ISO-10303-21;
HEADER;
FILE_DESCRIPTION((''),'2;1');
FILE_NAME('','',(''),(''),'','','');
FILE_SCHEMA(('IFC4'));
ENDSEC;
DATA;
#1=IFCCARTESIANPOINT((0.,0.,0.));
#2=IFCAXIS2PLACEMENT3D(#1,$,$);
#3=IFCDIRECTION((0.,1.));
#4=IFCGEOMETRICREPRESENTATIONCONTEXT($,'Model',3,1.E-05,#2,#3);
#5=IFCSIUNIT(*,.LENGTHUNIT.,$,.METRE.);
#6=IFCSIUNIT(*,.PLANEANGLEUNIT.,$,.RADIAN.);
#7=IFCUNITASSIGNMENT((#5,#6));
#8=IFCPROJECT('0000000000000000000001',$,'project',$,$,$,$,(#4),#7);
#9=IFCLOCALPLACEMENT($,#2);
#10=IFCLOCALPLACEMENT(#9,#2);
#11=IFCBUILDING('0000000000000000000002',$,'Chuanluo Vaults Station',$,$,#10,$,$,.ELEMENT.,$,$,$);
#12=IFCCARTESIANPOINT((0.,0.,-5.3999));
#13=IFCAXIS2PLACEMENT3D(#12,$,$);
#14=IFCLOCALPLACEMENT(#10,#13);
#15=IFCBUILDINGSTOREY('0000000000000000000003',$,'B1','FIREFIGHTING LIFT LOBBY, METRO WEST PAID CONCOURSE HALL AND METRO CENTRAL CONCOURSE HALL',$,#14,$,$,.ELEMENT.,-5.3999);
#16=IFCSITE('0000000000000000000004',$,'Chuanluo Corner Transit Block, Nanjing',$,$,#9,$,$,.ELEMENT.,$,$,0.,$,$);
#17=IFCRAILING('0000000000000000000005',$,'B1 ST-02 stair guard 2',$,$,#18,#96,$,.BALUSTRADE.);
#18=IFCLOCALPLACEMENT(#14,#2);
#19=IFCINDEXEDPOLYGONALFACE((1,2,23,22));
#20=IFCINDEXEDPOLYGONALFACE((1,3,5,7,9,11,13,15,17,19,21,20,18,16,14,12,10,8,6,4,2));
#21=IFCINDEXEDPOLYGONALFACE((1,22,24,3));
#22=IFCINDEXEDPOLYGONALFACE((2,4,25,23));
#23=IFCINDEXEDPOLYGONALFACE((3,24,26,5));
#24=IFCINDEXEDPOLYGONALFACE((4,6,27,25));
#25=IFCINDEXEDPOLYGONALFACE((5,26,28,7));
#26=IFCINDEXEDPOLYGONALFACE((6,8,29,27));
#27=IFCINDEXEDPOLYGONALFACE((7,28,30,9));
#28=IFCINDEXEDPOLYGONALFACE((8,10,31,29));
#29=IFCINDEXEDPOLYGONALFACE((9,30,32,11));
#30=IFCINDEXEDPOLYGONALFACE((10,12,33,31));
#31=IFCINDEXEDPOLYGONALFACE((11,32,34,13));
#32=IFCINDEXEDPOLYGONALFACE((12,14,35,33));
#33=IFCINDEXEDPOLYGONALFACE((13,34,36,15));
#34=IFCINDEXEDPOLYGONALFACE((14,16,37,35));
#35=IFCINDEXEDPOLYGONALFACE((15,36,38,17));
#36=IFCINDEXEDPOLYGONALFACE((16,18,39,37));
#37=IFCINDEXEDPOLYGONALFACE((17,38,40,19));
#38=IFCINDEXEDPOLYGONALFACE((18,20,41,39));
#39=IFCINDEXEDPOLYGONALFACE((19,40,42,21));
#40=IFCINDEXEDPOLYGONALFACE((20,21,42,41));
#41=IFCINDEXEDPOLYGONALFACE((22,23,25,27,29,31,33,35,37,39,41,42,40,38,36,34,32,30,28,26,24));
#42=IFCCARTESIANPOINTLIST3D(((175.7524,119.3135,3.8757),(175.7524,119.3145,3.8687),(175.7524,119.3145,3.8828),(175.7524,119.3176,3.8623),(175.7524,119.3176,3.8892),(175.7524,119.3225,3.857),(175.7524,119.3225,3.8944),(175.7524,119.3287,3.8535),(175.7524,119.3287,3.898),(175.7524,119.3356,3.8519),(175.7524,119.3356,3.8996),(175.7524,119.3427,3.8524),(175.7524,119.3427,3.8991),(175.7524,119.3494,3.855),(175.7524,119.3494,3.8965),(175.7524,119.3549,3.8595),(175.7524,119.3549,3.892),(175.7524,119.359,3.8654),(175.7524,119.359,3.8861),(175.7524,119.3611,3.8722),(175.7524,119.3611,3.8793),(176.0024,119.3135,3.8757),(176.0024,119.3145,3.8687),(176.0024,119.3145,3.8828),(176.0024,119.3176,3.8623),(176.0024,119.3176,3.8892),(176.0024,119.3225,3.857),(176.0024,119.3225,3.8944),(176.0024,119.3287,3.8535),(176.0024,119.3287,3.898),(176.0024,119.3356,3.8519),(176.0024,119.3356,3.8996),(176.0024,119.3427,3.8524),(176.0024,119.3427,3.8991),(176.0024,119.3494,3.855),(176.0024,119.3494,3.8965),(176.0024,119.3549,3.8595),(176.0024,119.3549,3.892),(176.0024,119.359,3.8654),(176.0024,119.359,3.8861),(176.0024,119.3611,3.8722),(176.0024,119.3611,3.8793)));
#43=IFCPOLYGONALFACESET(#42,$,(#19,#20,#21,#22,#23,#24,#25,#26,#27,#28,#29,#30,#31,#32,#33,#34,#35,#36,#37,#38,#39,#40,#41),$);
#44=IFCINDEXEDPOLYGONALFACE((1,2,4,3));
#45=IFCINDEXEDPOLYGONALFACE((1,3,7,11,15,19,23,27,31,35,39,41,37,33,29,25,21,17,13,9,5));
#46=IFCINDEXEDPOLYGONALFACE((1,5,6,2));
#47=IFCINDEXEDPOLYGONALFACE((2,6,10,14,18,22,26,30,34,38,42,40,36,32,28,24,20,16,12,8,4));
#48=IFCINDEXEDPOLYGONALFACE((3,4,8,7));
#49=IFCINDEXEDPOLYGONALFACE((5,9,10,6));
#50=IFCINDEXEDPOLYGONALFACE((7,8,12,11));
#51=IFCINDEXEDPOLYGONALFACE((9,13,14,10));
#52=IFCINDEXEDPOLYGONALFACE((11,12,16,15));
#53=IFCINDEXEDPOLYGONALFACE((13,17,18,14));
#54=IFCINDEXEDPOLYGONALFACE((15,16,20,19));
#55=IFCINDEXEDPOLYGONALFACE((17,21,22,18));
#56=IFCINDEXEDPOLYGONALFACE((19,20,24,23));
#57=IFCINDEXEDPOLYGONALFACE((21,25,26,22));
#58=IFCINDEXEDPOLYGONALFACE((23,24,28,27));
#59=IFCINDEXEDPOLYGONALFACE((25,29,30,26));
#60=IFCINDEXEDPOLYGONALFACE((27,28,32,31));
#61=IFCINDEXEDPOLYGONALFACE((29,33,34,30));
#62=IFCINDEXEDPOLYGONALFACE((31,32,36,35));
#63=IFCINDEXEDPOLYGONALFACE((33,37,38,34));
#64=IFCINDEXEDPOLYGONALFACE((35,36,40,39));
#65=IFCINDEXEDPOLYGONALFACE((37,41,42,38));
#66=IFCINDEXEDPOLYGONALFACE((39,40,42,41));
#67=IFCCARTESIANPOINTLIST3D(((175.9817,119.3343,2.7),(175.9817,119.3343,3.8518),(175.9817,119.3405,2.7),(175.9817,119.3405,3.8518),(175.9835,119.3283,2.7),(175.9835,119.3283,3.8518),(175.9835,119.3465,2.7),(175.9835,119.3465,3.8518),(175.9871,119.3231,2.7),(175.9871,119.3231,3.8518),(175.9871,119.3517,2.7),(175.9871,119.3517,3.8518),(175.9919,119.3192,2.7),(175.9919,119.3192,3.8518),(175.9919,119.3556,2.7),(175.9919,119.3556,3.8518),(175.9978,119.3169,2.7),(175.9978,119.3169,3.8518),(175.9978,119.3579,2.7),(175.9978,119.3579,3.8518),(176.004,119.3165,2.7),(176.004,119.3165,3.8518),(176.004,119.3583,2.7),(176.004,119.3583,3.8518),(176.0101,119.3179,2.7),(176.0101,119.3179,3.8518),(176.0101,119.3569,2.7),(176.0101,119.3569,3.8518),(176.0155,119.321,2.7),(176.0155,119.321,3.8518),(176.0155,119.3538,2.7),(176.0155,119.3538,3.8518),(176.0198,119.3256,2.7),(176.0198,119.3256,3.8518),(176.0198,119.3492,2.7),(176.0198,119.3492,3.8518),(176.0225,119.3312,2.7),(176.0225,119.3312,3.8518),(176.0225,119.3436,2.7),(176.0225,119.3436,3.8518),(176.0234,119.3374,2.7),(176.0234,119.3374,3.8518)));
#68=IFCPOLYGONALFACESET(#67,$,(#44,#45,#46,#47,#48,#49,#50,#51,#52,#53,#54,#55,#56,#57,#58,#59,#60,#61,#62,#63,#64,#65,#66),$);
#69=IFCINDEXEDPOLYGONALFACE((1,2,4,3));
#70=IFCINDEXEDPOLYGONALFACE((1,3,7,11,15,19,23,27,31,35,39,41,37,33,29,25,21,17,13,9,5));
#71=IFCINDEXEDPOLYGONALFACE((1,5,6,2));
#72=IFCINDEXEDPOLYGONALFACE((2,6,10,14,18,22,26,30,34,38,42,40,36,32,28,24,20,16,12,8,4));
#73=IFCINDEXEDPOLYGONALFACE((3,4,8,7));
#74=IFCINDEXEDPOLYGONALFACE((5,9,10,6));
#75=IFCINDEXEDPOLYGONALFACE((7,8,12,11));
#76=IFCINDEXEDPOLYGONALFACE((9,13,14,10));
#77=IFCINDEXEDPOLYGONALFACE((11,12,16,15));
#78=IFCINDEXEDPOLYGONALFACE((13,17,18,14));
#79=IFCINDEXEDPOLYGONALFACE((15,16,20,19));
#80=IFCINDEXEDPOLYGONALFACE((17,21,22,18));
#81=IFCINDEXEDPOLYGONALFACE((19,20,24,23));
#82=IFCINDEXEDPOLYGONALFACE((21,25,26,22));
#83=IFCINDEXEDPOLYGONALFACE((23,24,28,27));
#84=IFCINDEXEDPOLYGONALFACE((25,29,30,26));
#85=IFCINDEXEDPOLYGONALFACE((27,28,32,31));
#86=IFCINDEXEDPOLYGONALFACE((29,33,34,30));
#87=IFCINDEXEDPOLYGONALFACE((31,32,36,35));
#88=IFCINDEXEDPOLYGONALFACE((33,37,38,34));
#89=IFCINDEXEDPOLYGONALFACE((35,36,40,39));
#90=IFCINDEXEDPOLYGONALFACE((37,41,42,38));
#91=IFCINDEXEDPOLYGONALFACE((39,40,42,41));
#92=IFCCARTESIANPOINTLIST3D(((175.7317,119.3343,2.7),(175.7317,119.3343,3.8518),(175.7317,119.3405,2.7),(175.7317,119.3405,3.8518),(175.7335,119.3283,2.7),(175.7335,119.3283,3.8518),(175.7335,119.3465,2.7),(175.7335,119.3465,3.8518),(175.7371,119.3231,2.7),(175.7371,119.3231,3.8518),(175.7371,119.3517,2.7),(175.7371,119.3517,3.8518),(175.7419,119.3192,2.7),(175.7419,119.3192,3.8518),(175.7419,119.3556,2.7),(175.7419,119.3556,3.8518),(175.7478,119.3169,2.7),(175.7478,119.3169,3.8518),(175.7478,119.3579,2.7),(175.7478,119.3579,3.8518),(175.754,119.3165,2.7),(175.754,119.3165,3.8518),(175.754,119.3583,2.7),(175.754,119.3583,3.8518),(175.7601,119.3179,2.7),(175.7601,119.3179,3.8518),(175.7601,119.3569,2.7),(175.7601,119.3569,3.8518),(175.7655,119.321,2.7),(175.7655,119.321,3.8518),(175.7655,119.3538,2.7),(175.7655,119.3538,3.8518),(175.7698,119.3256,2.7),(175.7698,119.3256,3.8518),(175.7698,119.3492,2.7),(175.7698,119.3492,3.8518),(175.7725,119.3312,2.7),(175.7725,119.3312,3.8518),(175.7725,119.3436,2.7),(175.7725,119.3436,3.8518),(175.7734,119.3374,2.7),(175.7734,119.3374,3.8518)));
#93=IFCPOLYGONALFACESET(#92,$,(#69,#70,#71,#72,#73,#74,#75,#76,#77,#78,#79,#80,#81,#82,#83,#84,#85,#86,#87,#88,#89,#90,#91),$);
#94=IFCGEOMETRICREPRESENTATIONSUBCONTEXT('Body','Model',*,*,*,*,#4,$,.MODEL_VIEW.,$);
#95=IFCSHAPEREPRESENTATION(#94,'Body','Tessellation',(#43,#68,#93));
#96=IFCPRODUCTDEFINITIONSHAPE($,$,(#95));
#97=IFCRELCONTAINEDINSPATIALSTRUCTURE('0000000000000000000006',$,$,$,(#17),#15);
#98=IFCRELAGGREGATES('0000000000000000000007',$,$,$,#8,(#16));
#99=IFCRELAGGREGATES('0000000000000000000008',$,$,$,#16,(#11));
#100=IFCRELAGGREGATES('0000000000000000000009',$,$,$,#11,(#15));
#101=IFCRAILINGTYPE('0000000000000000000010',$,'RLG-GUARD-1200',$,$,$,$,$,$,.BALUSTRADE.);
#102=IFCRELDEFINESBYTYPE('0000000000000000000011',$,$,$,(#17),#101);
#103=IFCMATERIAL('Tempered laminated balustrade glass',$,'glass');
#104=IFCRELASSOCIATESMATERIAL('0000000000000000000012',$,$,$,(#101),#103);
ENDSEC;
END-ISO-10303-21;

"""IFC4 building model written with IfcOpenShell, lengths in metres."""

from ifc_helpers import new_model, si_unit, direction, frame, origin, origin_2d, place, context, subcontext, project, spatial, circle, extrude, material, type_object, element, save


model = new_model("IFC4")

# Units and contexts
model_context = context("Model", 3, precision=1e-05, world=origin(), true_north=direction((0.0, 1.0)))
body_context = subcontext(model_context, "Body", "Model", "MODEL_VIEW")
ifc_project = project(units=[si_unit("LENGTHUNIT", "METRE"), si_unit("PLANEANGLEUNIT", "RADIAN")], contexts=[model_context])

# Site, building, storey
site_placement = place(None, origin())
site = spatial("IfcSite", under=ifc_project, at=site_placement, Name="Chuanluo Corner Transit Block, Nanjing", CompositionType="ELEMENT", RefElevation=0.0)
building_placement = place(site_placement, origin())
building = spatial("IfcBuilding", under=site, at=building_placement, Name="Chuanluo Vaults Station", CompositionType="ELEMENT")
storey_placement = place(building_placement, frame((0.0, 0.0, -5.3999)))
storey = spatial("IfcBuildingStorey", under=building, at=storey_placement, Name="B1", Description="FIREFIGHTING LIFT LOBBY, METRO WEST PAID CONCOURSE HALL AND METRO CENTRAL CONCOURSE HALL", CompositionType="ELEMENT", Elevation=-5.3999)

# Railing
ifc_material_1 = material(Name="Tempered laminated balustrade glass", Category="glass")
railing_type_1 = type_object("IfcRailingType", Name="RLG-GUARD-1200", PredefinedType="BALUSTRADE", material=ifc_material_1)
railing_1_placement = place(storey_placement, frame((176.0024, 119.3374, 2.7)))
element("IfcRailing", 1, at=railing_1_placement, inside=storey, type_object=railing_type_1, Name="B1 ST-02 stair guard 2", PredefinedType="BALUSTRADE", context=body_context, shape_type="SweptSolid", body=[
    extrude(circle(Radius=0.0239, at=origin_2d()), frame((0.0, 0.0, 1.1758), z_axis=(-1.0, 0.0, 0.0), x_axis=(0.0, -1.0, 0.0)), (0.0, 0.0, 1.0), 0.25),
    extrude(circle(Radius=0.021, at=origin_2d()), origin(), (0.0, 0.0, 1.0), 1.1519),
    extrude(circle(Radius=0.021, at=origin_2d()), frame((-0.25, 0.0, 0.0)), (0.0, 0.0, 1.0), 1.1519),
])

save(model, "model.ifc")
